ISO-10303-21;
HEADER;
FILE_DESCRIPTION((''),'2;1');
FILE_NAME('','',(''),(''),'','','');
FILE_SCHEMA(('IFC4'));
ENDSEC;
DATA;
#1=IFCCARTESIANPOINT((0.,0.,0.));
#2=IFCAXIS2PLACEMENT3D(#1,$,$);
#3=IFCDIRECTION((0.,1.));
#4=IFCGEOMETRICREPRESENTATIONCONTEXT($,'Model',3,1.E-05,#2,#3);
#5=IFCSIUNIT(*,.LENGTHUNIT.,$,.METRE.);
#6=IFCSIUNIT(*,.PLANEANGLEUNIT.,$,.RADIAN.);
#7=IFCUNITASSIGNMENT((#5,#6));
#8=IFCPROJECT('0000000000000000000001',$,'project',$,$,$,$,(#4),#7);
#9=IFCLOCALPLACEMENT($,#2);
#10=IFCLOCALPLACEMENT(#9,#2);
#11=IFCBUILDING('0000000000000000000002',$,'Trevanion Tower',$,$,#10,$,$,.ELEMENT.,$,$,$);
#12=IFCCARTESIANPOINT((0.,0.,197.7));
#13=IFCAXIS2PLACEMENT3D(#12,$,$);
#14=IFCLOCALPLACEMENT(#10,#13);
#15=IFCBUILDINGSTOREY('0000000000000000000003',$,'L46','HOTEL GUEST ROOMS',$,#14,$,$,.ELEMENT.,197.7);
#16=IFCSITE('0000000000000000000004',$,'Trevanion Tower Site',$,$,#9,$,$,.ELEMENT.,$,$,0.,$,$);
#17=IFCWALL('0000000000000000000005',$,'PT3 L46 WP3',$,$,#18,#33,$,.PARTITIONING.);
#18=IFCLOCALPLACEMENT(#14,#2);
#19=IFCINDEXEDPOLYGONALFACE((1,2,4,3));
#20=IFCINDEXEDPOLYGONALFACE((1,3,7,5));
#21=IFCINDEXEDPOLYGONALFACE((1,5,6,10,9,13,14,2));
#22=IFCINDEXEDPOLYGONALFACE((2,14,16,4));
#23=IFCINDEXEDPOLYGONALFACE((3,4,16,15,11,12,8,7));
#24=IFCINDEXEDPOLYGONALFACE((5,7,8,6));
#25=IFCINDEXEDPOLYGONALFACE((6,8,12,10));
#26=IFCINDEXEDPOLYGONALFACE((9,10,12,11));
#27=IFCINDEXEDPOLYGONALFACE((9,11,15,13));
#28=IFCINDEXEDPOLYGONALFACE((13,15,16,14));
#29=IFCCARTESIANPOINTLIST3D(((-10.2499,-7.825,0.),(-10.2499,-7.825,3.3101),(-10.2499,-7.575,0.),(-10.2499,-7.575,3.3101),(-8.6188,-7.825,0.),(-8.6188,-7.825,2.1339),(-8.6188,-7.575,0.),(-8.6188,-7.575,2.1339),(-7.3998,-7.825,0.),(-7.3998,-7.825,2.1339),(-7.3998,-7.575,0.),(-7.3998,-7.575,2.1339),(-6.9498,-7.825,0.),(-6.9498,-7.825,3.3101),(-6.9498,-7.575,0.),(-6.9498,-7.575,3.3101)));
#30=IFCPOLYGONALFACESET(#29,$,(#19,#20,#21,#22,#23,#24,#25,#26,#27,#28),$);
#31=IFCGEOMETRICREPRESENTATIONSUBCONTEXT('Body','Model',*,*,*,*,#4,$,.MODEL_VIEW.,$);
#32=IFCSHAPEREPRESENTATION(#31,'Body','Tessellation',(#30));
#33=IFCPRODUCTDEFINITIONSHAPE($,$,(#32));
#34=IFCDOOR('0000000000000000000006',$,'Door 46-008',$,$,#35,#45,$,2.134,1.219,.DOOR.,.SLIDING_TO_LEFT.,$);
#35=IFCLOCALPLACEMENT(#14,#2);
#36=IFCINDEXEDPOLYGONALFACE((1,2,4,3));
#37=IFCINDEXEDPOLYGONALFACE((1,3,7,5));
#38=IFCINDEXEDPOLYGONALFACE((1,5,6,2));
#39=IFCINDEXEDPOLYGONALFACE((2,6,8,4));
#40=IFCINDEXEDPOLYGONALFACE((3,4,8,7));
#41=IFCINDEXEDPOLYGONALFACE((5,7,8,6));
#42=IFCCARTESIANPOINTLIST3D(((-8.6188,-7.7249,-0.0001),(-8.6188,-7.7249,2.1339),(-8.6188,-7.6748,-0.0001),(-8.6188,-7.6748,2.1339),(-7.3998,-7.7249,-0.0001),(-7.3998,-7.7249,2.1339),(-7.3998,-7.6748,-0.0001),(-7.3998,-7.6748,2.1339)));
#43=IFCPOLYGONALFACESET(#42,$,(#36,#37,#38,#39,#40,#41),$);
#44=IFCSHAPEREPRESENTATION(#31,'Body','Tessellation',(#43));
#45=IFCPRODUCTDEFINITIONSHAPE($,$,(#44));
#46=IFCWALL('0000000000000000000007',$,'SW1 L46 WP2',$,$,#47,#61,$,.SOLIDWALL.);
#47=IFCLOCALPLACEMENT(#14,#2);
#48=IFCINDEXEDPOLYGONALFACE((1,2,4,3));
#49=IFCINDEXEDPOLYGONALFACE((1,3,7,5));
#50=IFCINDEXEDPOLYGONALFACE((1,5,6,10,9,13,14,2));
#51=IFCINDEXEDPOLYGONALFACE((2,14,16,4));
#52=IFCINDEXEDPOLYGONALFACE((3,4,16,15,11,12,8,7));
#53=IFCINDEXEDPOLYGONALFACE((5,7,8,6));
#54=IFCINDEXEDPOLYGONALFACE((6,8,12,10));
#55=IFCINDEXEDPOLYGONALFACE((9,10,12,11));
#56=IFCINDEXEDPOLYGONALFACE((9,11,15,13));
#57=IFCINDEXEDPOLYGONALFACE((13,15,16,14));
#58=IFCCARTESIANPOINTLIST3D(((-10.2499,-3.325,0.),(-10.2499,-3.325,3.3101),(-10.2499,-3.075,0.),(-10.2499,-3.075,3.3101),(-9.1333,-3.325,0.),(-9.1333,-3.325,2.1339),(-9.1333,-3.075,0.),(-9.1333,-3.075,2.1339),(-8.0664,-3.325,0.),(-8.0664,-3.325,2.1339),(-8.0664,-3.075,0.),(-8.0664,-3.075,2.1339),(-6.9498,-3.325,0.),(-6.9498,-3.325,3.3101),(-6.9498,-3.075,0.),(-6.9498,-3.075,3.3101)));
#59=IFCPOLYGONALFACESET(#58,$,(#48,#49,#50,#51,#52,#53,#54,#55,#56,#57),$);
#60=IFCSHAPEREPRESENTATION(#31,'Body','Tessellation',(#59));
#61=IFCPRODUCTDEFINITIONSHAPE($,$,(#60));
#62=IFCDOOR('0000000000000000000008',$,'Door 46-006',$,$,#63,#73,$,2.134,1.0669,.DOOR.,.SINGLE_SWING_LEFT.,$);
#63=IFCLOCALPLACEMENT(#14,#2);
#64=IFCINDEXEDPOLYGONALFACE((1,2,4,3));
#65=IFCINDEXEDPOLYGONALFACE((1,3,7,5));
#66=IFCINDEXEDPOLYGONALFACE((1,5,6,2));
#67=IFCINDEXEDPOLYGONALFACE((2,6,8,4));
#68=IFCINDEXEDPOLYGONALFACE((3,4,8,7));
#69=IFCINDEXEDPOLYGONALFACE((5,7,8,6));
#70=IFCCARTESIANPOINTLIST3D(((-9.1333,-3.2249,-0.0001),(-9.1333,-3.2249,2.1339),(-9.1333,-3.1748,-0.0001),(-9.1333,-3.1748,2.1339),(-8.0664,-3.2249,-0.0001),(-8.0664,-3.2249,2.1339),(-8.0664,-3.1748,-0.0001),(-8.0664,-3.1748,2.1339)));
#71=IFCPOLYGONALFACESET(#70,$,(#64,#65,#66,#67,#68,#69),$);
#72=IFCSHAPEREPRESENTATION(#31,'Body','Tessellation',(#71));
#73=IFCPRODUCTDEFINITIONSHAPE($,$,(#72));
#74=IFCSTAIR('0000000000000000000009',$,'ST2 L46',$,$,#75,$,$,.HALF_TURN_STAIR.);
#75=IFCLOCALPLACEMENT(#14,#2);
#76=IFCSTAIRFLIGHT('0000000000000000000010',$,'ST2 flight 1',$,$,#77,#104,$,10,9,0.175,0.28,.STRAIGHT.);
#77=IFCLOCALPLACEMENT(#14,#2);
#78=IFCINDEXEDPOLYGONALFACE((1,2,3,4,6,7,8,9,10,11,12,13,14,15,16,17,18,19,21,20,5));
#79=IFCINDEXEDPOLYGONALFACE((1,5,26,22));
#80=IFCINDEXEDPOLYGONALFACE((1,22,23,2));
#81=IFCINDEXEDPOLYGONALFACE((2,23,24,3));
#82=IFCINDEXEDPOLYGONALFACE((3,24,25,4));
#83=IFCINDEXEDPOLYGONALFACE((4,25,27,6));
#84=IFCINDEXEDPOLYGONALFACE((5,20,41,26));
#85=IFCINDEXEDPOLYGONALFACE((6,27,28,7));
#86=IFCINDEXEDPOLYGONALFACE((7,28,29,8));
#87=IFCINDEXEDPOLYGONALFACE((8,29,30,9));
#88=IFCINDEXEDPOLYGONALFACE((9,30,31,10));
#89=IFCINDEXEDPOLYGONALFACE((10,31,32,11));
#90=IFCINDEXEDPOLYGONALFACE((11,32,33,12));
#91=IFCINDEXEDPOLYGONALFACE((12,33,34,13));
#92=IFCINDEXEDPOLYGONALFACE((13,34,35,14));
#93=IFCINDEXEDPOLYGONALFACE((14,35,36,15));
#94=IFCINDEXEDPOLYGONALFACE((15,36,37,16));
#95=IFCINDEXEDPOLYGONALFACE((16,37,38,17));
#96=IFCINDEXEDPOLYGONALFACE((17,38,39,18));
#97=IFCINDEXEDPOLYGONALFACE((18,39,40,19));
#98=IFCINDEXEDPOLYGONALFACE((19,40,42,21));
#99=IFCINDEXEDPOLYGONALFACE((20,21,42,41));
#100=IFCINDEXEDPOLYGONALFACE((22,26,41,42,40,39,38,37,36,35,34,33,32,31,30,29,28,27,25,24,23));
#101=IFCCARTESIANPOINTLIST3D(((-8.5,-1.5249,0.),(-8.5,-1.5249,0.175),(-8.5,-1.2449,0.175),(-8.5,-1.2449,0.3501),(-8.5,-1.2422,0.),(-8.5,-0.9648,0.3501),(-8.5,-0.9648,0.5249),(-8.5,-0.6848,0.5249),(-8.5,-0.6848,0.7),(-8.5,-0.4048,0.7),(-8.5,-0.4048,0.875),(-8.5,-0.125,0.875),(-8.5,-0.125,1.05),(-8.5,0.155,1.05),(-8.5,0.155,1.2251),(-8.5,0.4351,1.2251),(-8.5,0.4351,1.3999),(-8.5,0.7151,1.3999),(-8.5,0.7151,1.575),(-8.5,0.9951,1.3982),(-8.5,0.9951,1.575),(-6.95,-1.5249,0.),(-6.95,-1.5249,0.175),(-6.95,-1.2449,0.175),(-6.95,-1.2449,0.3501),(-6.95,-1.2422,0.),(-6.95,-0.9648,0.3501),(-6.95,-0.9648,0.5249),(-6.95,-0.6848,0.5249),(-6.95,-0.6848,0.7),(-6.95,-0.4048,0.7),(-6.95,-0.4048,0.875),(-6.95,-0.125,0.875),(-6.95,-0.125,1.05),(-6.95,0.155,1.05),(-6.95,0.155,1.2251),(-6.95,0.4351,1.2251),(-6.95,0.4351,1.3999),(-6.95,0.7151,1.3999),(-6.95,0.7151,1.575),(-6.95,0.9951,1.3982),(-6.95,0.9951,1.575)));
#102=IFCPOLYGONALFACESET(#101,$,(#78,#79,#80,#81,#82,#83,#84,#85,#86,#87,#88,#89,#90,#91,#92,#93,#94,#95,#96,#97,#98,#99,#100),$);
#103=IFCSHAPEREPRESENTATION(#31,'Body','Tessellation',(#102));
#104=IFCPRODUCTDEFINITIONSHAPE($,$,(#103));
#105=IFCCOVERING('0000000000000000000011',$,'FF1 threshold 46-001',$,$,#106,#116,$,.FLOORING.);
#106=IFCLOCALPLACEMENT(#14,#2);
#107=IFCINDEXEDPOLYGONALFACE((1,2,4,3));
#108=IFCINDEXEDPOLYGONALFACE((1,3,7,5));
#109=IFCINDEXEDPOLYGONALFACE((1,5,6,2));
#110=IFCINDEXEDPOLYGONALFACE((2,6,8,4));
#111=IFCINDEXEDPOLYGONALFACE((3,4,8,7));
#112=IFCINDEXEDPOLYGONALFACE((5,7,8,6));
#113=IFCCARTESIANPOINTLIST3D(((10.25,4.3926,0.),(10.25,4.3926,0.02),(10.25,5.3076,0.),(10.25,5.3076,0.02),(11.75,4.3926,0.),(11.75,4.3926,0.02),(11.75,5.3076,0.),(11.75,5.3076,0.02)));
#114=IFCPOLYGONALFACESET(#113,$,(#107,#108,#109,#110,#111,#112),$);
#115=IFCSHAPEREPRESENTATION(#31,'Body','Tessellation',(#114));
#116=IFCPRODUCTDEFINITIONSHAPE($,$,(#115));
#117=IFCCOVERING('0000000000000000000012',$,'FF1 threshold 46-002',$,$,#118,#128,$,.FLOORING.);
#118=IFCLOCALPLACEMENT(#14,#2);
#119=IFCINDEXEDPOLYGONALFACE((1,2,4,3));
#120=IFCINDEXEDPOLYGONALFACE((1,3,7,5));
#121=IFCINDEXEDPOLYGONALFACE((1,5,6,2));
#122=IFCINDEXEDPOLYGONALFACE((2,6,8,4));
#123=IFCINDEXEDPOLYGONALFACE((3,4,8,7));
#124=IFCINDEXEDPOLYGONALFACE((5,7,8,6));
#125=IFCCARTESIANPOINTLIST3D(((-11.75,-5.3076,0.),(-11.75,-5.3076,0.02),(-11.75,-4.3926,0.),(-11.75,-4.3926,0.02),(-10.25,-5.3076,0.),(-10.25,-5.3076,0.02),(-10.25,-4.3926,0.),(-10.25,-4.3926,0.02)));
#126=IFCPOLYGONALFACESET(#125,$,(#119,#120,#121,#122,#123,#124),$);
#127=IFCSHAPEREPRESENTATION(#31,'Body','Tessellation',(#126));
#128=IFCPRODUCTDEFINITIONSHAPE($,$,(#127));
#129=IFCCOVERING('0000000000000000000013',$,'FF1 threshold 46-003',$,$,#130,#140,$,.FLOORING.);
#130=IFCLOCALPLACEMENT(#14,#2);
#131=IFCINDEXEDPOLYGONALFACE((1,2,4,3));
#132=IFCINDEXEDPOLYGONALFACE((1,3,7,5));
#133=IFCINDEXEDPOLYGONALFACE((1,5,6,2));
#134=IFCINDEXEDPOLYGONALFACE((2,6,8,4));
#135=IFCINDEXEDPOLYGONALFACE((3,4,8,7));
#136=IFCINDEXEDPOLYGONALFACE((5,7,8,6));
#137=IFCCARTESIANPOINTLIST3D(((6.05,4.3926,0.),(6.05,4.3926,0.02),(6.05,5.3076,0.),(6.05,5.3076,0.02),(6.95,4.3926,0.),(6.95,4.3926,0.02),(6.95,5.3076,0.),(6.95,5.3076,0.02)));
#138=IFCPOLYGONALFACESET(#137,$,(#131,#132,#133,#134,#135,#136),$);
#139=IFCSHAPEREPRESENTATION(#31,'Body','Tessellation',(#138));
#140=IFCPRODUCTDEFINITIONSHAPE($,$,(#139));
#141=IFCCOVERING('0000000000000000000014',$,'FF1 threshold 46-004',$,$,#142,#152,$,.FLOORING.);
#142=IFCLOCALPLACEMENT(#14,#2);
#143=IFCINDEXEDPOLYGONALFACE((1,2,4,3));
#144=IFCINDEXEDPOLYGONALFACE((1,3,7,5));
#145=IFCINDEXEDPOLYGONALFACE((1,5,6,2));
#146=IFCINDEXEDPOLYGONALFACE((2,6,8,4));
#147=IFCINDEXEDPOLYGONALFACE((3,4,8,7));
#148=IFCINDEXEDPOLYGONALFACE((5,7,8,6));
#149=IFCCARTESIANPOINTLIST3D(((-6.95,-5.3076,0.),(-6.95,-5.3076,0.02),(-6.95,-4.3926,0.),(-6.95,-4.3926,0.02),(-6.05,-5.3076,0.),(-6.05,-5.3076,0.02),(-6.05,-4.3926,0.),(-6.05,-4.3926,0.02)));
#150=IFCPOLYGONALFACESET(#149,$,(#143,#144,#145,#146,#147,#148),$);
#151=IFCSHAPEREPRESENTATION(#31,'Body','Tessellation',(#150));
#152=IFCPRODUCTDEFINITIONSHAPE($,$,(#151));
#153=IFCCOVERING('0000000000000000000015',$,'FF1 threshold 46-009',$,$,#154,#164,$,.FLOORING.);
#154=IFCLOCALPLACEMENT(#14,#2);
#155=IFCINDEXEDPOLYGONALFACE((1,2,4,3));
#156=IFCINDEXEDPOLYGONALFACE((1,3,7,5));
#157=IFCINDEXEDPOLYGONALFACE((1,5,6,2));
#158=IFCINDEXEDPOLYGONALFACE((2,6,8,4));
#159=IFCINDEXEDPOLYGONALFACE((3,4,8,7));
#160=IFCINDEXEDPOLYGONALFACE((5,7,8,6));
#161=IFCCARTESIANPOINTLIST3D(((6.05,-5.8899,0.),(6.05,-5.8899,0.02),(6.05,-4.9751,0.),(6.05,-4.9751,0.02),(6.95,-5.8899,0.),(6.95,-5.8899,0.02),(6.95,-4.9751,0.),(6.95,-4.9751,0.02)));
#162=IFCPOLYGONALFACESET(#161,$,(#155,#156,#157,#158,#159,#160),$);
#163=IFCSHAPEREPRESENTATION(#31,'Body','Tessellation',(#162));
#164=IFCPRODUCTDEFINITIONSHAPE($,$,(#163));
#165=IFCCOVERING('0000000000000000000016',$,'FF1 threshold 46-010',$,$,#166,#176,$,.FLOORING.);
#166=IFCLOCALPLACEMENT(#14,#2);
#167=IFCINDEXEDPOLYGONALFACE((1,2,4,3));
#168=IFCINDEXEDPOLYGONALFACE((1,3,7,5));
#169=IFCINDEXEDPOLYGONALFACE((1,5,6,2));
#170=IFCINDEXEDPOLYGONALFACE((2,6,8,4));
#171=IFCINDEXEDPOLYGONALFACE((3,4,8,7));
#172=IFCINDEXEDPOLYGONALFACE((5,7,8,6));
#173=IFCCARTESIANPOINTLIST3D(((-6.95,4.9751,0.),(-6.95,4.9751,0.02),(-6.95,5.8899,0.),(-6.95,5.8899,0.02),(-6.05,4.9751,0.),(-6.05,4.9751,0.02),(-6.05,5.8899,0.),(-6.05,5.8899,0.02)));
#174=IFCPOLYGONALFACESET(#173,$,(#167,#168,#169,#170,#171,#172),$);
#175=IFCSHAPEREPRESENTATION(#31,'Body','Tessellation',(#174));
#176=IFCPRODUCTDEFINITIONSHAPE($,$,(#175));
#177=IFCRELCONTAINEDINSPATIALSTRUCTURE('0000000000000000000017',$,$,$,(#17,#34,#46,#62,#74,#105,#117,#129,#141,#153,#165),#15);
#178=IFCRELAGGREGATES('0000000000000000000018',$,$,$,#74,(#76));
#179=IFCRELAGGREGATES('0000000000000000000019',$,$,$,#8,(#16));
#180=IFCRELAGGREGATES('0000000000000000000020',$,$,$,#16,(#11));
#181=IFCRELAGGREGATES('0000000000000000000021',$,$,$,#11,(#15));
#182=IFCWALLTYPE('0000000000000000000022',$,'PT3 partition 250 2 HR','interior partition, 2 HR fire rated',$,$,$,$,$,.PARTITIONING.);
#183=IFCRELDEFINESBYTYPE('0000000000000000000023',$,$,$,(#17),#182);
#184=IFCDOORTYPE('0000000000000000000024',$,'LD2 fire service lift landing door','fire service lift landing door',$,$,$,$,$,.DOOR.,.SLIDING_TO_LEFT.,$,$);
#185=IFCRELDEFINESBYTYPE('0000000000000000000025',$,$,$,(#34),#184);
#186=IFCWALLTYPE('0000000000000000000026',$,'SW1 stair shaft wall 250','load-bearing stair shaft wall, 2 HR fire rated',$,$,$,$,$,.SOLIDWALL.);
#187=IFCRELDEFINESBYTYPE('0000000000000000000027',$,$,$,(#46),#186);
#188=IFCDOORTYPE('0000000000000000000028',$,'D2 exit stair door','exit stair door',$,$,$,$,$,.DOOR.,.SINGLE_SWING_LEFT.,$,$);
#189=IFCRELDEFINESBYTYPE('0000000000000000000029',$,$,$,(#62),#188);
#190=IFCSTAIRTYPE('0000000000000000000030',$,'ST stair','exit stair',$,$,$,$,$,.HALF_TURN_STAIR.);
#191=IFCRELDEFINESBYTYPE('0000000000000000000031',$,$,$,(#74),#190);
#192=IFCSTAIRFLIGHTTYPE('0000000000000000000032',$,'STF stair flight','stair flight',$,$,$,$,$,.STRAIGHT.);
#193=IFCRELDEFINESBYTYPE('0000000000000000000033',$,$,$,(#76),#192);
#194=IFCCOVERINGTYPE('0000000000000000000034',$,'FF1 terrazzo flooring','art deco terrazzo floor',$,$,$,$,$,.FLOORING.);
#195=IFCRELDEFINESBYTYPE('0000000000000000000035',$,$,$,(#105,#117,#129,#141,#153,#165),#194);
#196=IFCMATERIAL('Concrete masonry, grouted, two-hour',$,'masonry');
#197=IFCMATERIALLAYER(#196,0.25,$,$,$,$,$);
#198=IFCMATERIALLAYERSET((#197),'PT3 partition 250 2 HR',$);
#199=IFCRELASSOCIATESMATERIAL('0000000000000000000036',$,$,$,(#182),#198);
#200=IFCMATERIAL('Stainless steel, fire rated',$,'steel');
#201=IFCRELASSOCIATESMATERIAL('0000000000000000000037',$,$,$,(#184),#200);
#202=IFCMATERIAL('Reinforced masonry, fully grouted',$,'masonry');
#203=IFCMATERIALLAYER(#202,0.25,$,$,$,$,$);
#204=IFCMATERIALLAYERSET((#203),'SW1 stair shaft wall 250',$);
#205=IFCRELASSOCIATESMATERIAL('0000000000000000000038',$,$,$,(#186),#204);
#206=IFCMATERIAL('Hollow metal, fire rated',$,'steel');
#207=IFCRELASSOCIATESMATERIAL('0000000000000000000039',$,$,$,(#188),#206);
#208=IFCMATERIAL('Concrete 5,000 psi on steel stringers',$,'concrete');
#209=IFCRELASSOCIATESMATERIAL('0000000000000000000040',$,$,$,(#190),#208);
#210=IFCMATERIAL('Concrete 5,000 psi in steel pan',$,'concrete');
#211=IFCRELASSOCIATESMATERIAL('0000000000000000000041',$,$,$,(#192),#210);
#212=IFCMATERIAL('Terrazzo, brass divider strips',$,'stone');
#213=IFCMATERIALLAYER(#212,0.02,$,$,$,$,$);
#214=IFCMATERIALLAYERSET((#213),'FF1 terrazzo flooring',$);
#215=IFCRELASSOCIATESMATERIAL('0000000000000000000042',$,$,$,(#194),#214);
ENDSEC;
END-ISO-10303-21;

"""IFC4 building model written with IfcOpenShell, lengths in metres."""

from ifc_helpers import new_model, si_unit, direction, frame, frame_2d, origin, place, context, subcontext, project, spatial, polyline, rectangle, outline, extrude, material, layer, layer_set, type_object, element, fill, aggregate, save


model = new_model("IFC4")

# Units and contexts
model_context = context("Model", 3, precision=1e-05, world=origin(), true_north=direction((0.0, 1.0)))
body_context = subcontext(model_context, "Body", "Model", "MODEL_VIEW")
ifc_project = project(units=[si_unit("LENGTHUNIT", "METRE"), si_unit("PLANEANGLEUNIT", "RADIAN")], contexts=[model_context])

# Site, building, storey
site_placement = place(None, origin())
site = spatial("IfcSite", under=ifc_project, at=site_placement, Name="Trevanion Tower Site", CompositionType="ELEMENT", RefElevation=0.0)
building_placement = place(site_placement, origin())
building = spatial("IfcBuilding", under=site, at=building_placement, Name="Trevanion Tower", CompositionType="ELEMENT")
storey_placement = place(building_placement, frame((0.0, 0.0, 197.7)))
storey = spatial("IfcBuildingStorey", under=building, at=storey_placement, Name="L46", Description="HOTEL GUEST ROOMS", CompositionType="ELEMENT", Elevation=197.7)

# Walls, openings, doors
ifc_material_1 = material(Name="Concrete masonry, grouted, two-hour", Category="masonry")
ifc_layer_1 = layer(ifc_material_1, 0.25)
ifc_layer_set_1 = layer_set([ifc_layer_1], Name="PT3 partition 250 2 HR")
wall_type_1 = type_object("IfcWallType", Name="PT3 partition 250 2 HR", Description="interior partition, 2 HR fire rated", PredefinedType="PARTITIONING", material=ifc_layer_set_1)
wall_1_placement = place(storey_placement, frame((-6.95, -7.7, 0.0), z_axis=(0.0, 0.0, 1.0), x_axis=(-1.0, 0.0, 0.0)))
wall_1 = element("IfcWall", 1, at=wall_1_placement, inside=storey, type_object=wall_type_1, Name="PT3 L46 WP3", PredefinedType="PARTITIONING", context=body_context, shape_type="SweptSolid", body=[
    extrude(rectangle(XDim=3.3, YDim=0.25, at=frame_2d((1.6499, 0.0))), origin(), (0.0, 0.0, 1.0), 3.3101),
])
opening_1_placement = place(wall_1_placement, frame((0.45, 0.0, 0.0)))
opening_1 = element("IfcOpeningElement", 2, at=opening_1_placement, cuts=wall_1, PredefinedType="OPENING", context=body_context, shape_type="SweptSolid", body=[
    extrude(rectangle(XDim=1.219, YDim=2.134, at=frame_2d((0.6094, 1.0669))), frame((0.0, 0.135, 0.0), z_axis=(0.0, -1.0, 0.0), x_axis=(1.0, 0.0, 0.0)), (0.0, 0.0, 1.0), 0.27),
])
ifc_material_2 = material(Name="Stainless steel, fire rated", Category="steel")
door_type_1 = type_object("IfcDoorType", Name="LD2 fire service lift landing door", Description="fire service lift landing door", OperationType="SLIDING_TO_LEFT", PredefinedType="DOOR", material=ifc_material_2)
door_1_placement = place(opening_1_placement, origin())
door_1 = element("IfcDoor", 3, at=door_1_placement, inside=storey, type_object=door_type_1, Name="Door 46-008", OperationType="SLIDING_TO_LEFT", OverallHeight=2.134, OverallWidth=1.219, PredefinedType="DOOR", context=body_context, shape_type="SweptSolid", body=[
    extrude(rectangle(XDim=1.219, YDim=2.134, at=frame_2d((0.6094, 1.0669))), frame((0.0, 0.0249, 0.0), z_axis=(0.0, -1.0, 0.0), x_axis=(1.0, 0.0, 0.0)), (0.0, 0.0, 1.0), 0.05),
])
fill(opening_1, door_1)
ifc_material_3 = material(Name="Reinforced masonry, fully grouted", Category="masonry")
ifc_layer_2 = layer(ifc_material_3, 0.25)
ifc_layer_set_2 = layer_set([ifc_layer_2], Name="SW1 stair shaft wall 250")
wall_type_2 = type_object("IfcWallType", Name="SW1 stair shaft wall 250", Description="load-bearing stair shaft wall, 2 HR fire rated", PredefinedType="SOLIDWALL", material=ifc_layer_set_2)
wall_2_placement = place(storey_placement, frame((-6.95, -3.2, 0.0), z_axis=(0.0, 0.0, 1.0), x_axis=(-1.0, 0.0, 0.0)))
wall_2 = element("IfcWall", 4, at=wall_2_placement, inside=storey, type_object=wall_type_2, Name="SW1 L46 WP2", PredefinedType="SOLIDWALL", context=body_context, shape_type="SweptSolid", body=[
    extrude(rectangle(XDim=3.3, YDim=0.25, at=frame_2d((1.6499, 0.0))), origin(), (0.0, 0.0, 1.0), 3.3101),
])
opening_2_placement = place(wall_2_placement, frame((1.1165, 0.0, 0.0)))
opening_2 = element("IfcOpeningElement", 5, at=opening_2_placement, cuts=wall_2, PredefinedType="OPENING", context=body_context, shape_type="SweptSolid", body=[
    extrude(rectangle(XDim=1.0669, YDim=2.134, at=frame_2d((0.5334, 1.0669))), frame((0.0, 0.135, 0.0), z_axis=(0.0, -1.0, 0.0), x_axis=(1.0, 0.0, 0.0)), (0.0, 0.0, 1.0), 0.27),
])
ifc_material_4 = material(Name="Hollow metal, fire rated", Category="steel")
door_type_2 = type_object("IfcDoorType", Name="D2 exit stair door", Description="exit stair door", OperationType="SINGLE_SWING_LEFT", PredefinedType="DOOR", material=ifc_material_4)
door_2_placement = place(opening_2_placement, origin())
door_2 = element("IfcDoor", 6, at=door_2_placement, inside=storey, type_object=door_type_2, Name="Door 46-006", OperationType="SINGLE_SWING_LEFT", OverallHeight=2.134, OverallWidth=1.0669, PredefinedType="DOOR", context=body_context, shape_type="SweptSolid", body=[
    extrude(rectangle(XDim=1.0669, YDim=2.134, at=frame_2d((0.5334, 1.0669))), frame((0.0, 0.0249, 0.0), z_axis=(0.0, -1.0, 0.0), x_axis=(1.0, 0.0, 0.0)), (0.0, 0.0, 1.0), 0.05),
])
fill(opening_2, door_2)

# Stair, stair flight
ifc_material_5 = material(Name="Concrete 5,000 psi on steel stringers", Category="concrete")
stair_type = type_object("IfcStairType", Name="ST stair", Description="exit stair", PredefinedType="HALF_TURN_STAIR", material=ifc_material_5)
stair_placement = place(storey_placement, origin())
stair = element("IfcStair", 7, at=stair_placement, inside=storey, type_object=stair_type, Name="ST2 L46", PredefinedType="HALF_TURN_STAIR")
ifc_material_6 = material(Name="Concrete 5,000 psi in steel pan", Category="concrete")
stair_flight_type = type_object("IfcStairFlightType", Name="STF stair flight", Description="stair flight", PredefinedType="STRAIGHT", material=ifc_material_6)
stair_flight_placement = place(storey_placement, frame((-7.7251, -1.5249, 0.0), z_axis=(0.0, 0.0, 1.0), x_axis=(0.0, 1.0, 0.0)))
stair_flight = element("IfcStairFlight", 8, at=stair_flight_placement, type_object=stair_flight_type, Name="ST2 flight 1", NumberOfRisers=10, NumberOfTreads=9, PredefinedType="STRAIGHT", RiserHeight=0.175, TreadLength=0.28, context=body_context, shape_type="SweptSolid", body=[
    extrude(outline(polyline([(0.0, 0.0), (0.0, 0.175), (0.28, 0.175), (0.28, 0.3501), (0.5601, 0.3501), (0.5601, 0.5249), (0.8401, 0.5249), (0.8401, 0.7), (1.1201, 0.7), (1.1201, 0.875), (1.3999, 0.875), (1.3999, 1.05), (1.6799, 1.05), (1.6799, 1.2251), (1.96, 1.2251), (1.96, 1.3999), (2.24, 1.3999), (2.24, 1.575), (2.52, 1.575), (2.52, 1.75), (2.52, 1.3982), (0.2827, 0.0), (0.0, 0.0)])), frame((0.0, 0.7749, 0.0), z_axis=(0.0, -1.0, 0.0), x_axis=(1.0, 0.0, 0.0)), (0.0, 0.0, 1.0), 1.55),
])
aggregate(stair, [stair_flight])

# Coverings
ifc_material_7 = material(Name="Terrazzo, brass divider strips", Category="stone")
ifc_layer_3 = layer(ifc_material_7, 0.02)
ifc_layer_set_3 = layer_set([ifc_layer_3], Name="FF1 terrazzo flooring")
covering_type = type_object("IfcCoveringType", Name="FF1 terrazzo flooring", Description="art deco terrazzo floor", PredefinedType="FLOORING", material=ifc_layer_set_3)
covering_1_placement = place(storey_placement, origin())
element("IfcCovering", 9, at=covering_1_placement, inside=storey, type_object=covering_type, Name="FF1 threshold 46-001", PredefinedType="FLOORING", context=body_context, shape_type="SweptSolid", body=[
    extrude(outline(polyline([(11.75, 4.3926), (11.75, 5.3076), (10.25, 5.3076), (10.25, 4.3926), (11.75, 4.3926)])), origin(), (0.0, 0.0, 1.0), 0.02),
])
covering_2_placement = place(storey_placement, origin())
element("IfcCovering", 10, at=covering_2_placement, inside=storey, type_object=covering_type, Name="FF1 threshold 46-002", PredefinedType="FLOORING", context=body_context, shape_type="SweptSolid", body=[
    extrude(outline(polyline([(-11.75, -4.3926), (-11.75, -5.3076), (-10.25, -5.3076), (-10.25, -4.3926), (-11.75, -4.3926)])), origin(), (0.0, 0.0, 1.0), 0.02),
])
covering_3_placement = place(storey_placement, origin())
element("IfcCovering", 11, at=covering_3_placement, inside=storey, type_object=covering_type, Name="FF1 threshold 46-003", PredefinedType="FLOORING", context=body_context, shape_type="SweptSolid", body=[
    extrude(outline(polyline([(6.95, 4.3926), (6.95, 5.3076), (6.05, 5.3076), (6.05, 4.3926), (6.95, 4.3926)])), origin(), (0.0, 0.0, 1.0), 0.02),
])
covering_4_placement = place(storey_placement, origin())
element("IfcCovering", 12, at=covering_4_placement, inside=storey, type_object=covering_type, Name="FF1 threshold 46-004", PredefinedType="FLOORING", context=body_context, shape_type="SweptSolid", body=[
    extrude(outline(polyline([(-6.95, -4.3926), (-6.95, -5.3076), (-6.05, -5.3076), (-6.05, -4.3926), (-6.95, -4.3926)])), origin(), (0.0, 0.0, 1.0), 0.02),
])
covering_5_placement = place(storey_placement, origin())
element("IfcCovering", 13, at=covering_5_placement, inside=storey, type_object=covering_type, Name="FF1 threshold 46-009", PredefinedType="FLOORING", context=body_context, shape_type="SweptSolid", body=[
    extrude(outline(polyline([(6.95, -5.8899), (6.95, -4.9751), (6.05, -4.9751), (6.05, -5.8899), (6.95, -5.8899)])), origin(), (0.0, 0.0, 1.0), 0.02),
])
covering_6_placement = place(storey_placement, origin())
element("IfcCovering", 14, at=covering_6_placement, inside=storey, type_object=covering_type, Name="FF1 threshold 46-010", PredefinedType="FLOORING", context=body_context, shape_type="SweptSolid", body=[
    extrude(outline(polyline([(-6.95, 5.8899), (-6.95, 4.9751), (-6.05, 4.9751), (-6.05, 5.8899), (-6.95, 5.8899)])), origin(), (0.0, 0.0, 1.0), 0.02),
])

save(model, "model.ifc")
